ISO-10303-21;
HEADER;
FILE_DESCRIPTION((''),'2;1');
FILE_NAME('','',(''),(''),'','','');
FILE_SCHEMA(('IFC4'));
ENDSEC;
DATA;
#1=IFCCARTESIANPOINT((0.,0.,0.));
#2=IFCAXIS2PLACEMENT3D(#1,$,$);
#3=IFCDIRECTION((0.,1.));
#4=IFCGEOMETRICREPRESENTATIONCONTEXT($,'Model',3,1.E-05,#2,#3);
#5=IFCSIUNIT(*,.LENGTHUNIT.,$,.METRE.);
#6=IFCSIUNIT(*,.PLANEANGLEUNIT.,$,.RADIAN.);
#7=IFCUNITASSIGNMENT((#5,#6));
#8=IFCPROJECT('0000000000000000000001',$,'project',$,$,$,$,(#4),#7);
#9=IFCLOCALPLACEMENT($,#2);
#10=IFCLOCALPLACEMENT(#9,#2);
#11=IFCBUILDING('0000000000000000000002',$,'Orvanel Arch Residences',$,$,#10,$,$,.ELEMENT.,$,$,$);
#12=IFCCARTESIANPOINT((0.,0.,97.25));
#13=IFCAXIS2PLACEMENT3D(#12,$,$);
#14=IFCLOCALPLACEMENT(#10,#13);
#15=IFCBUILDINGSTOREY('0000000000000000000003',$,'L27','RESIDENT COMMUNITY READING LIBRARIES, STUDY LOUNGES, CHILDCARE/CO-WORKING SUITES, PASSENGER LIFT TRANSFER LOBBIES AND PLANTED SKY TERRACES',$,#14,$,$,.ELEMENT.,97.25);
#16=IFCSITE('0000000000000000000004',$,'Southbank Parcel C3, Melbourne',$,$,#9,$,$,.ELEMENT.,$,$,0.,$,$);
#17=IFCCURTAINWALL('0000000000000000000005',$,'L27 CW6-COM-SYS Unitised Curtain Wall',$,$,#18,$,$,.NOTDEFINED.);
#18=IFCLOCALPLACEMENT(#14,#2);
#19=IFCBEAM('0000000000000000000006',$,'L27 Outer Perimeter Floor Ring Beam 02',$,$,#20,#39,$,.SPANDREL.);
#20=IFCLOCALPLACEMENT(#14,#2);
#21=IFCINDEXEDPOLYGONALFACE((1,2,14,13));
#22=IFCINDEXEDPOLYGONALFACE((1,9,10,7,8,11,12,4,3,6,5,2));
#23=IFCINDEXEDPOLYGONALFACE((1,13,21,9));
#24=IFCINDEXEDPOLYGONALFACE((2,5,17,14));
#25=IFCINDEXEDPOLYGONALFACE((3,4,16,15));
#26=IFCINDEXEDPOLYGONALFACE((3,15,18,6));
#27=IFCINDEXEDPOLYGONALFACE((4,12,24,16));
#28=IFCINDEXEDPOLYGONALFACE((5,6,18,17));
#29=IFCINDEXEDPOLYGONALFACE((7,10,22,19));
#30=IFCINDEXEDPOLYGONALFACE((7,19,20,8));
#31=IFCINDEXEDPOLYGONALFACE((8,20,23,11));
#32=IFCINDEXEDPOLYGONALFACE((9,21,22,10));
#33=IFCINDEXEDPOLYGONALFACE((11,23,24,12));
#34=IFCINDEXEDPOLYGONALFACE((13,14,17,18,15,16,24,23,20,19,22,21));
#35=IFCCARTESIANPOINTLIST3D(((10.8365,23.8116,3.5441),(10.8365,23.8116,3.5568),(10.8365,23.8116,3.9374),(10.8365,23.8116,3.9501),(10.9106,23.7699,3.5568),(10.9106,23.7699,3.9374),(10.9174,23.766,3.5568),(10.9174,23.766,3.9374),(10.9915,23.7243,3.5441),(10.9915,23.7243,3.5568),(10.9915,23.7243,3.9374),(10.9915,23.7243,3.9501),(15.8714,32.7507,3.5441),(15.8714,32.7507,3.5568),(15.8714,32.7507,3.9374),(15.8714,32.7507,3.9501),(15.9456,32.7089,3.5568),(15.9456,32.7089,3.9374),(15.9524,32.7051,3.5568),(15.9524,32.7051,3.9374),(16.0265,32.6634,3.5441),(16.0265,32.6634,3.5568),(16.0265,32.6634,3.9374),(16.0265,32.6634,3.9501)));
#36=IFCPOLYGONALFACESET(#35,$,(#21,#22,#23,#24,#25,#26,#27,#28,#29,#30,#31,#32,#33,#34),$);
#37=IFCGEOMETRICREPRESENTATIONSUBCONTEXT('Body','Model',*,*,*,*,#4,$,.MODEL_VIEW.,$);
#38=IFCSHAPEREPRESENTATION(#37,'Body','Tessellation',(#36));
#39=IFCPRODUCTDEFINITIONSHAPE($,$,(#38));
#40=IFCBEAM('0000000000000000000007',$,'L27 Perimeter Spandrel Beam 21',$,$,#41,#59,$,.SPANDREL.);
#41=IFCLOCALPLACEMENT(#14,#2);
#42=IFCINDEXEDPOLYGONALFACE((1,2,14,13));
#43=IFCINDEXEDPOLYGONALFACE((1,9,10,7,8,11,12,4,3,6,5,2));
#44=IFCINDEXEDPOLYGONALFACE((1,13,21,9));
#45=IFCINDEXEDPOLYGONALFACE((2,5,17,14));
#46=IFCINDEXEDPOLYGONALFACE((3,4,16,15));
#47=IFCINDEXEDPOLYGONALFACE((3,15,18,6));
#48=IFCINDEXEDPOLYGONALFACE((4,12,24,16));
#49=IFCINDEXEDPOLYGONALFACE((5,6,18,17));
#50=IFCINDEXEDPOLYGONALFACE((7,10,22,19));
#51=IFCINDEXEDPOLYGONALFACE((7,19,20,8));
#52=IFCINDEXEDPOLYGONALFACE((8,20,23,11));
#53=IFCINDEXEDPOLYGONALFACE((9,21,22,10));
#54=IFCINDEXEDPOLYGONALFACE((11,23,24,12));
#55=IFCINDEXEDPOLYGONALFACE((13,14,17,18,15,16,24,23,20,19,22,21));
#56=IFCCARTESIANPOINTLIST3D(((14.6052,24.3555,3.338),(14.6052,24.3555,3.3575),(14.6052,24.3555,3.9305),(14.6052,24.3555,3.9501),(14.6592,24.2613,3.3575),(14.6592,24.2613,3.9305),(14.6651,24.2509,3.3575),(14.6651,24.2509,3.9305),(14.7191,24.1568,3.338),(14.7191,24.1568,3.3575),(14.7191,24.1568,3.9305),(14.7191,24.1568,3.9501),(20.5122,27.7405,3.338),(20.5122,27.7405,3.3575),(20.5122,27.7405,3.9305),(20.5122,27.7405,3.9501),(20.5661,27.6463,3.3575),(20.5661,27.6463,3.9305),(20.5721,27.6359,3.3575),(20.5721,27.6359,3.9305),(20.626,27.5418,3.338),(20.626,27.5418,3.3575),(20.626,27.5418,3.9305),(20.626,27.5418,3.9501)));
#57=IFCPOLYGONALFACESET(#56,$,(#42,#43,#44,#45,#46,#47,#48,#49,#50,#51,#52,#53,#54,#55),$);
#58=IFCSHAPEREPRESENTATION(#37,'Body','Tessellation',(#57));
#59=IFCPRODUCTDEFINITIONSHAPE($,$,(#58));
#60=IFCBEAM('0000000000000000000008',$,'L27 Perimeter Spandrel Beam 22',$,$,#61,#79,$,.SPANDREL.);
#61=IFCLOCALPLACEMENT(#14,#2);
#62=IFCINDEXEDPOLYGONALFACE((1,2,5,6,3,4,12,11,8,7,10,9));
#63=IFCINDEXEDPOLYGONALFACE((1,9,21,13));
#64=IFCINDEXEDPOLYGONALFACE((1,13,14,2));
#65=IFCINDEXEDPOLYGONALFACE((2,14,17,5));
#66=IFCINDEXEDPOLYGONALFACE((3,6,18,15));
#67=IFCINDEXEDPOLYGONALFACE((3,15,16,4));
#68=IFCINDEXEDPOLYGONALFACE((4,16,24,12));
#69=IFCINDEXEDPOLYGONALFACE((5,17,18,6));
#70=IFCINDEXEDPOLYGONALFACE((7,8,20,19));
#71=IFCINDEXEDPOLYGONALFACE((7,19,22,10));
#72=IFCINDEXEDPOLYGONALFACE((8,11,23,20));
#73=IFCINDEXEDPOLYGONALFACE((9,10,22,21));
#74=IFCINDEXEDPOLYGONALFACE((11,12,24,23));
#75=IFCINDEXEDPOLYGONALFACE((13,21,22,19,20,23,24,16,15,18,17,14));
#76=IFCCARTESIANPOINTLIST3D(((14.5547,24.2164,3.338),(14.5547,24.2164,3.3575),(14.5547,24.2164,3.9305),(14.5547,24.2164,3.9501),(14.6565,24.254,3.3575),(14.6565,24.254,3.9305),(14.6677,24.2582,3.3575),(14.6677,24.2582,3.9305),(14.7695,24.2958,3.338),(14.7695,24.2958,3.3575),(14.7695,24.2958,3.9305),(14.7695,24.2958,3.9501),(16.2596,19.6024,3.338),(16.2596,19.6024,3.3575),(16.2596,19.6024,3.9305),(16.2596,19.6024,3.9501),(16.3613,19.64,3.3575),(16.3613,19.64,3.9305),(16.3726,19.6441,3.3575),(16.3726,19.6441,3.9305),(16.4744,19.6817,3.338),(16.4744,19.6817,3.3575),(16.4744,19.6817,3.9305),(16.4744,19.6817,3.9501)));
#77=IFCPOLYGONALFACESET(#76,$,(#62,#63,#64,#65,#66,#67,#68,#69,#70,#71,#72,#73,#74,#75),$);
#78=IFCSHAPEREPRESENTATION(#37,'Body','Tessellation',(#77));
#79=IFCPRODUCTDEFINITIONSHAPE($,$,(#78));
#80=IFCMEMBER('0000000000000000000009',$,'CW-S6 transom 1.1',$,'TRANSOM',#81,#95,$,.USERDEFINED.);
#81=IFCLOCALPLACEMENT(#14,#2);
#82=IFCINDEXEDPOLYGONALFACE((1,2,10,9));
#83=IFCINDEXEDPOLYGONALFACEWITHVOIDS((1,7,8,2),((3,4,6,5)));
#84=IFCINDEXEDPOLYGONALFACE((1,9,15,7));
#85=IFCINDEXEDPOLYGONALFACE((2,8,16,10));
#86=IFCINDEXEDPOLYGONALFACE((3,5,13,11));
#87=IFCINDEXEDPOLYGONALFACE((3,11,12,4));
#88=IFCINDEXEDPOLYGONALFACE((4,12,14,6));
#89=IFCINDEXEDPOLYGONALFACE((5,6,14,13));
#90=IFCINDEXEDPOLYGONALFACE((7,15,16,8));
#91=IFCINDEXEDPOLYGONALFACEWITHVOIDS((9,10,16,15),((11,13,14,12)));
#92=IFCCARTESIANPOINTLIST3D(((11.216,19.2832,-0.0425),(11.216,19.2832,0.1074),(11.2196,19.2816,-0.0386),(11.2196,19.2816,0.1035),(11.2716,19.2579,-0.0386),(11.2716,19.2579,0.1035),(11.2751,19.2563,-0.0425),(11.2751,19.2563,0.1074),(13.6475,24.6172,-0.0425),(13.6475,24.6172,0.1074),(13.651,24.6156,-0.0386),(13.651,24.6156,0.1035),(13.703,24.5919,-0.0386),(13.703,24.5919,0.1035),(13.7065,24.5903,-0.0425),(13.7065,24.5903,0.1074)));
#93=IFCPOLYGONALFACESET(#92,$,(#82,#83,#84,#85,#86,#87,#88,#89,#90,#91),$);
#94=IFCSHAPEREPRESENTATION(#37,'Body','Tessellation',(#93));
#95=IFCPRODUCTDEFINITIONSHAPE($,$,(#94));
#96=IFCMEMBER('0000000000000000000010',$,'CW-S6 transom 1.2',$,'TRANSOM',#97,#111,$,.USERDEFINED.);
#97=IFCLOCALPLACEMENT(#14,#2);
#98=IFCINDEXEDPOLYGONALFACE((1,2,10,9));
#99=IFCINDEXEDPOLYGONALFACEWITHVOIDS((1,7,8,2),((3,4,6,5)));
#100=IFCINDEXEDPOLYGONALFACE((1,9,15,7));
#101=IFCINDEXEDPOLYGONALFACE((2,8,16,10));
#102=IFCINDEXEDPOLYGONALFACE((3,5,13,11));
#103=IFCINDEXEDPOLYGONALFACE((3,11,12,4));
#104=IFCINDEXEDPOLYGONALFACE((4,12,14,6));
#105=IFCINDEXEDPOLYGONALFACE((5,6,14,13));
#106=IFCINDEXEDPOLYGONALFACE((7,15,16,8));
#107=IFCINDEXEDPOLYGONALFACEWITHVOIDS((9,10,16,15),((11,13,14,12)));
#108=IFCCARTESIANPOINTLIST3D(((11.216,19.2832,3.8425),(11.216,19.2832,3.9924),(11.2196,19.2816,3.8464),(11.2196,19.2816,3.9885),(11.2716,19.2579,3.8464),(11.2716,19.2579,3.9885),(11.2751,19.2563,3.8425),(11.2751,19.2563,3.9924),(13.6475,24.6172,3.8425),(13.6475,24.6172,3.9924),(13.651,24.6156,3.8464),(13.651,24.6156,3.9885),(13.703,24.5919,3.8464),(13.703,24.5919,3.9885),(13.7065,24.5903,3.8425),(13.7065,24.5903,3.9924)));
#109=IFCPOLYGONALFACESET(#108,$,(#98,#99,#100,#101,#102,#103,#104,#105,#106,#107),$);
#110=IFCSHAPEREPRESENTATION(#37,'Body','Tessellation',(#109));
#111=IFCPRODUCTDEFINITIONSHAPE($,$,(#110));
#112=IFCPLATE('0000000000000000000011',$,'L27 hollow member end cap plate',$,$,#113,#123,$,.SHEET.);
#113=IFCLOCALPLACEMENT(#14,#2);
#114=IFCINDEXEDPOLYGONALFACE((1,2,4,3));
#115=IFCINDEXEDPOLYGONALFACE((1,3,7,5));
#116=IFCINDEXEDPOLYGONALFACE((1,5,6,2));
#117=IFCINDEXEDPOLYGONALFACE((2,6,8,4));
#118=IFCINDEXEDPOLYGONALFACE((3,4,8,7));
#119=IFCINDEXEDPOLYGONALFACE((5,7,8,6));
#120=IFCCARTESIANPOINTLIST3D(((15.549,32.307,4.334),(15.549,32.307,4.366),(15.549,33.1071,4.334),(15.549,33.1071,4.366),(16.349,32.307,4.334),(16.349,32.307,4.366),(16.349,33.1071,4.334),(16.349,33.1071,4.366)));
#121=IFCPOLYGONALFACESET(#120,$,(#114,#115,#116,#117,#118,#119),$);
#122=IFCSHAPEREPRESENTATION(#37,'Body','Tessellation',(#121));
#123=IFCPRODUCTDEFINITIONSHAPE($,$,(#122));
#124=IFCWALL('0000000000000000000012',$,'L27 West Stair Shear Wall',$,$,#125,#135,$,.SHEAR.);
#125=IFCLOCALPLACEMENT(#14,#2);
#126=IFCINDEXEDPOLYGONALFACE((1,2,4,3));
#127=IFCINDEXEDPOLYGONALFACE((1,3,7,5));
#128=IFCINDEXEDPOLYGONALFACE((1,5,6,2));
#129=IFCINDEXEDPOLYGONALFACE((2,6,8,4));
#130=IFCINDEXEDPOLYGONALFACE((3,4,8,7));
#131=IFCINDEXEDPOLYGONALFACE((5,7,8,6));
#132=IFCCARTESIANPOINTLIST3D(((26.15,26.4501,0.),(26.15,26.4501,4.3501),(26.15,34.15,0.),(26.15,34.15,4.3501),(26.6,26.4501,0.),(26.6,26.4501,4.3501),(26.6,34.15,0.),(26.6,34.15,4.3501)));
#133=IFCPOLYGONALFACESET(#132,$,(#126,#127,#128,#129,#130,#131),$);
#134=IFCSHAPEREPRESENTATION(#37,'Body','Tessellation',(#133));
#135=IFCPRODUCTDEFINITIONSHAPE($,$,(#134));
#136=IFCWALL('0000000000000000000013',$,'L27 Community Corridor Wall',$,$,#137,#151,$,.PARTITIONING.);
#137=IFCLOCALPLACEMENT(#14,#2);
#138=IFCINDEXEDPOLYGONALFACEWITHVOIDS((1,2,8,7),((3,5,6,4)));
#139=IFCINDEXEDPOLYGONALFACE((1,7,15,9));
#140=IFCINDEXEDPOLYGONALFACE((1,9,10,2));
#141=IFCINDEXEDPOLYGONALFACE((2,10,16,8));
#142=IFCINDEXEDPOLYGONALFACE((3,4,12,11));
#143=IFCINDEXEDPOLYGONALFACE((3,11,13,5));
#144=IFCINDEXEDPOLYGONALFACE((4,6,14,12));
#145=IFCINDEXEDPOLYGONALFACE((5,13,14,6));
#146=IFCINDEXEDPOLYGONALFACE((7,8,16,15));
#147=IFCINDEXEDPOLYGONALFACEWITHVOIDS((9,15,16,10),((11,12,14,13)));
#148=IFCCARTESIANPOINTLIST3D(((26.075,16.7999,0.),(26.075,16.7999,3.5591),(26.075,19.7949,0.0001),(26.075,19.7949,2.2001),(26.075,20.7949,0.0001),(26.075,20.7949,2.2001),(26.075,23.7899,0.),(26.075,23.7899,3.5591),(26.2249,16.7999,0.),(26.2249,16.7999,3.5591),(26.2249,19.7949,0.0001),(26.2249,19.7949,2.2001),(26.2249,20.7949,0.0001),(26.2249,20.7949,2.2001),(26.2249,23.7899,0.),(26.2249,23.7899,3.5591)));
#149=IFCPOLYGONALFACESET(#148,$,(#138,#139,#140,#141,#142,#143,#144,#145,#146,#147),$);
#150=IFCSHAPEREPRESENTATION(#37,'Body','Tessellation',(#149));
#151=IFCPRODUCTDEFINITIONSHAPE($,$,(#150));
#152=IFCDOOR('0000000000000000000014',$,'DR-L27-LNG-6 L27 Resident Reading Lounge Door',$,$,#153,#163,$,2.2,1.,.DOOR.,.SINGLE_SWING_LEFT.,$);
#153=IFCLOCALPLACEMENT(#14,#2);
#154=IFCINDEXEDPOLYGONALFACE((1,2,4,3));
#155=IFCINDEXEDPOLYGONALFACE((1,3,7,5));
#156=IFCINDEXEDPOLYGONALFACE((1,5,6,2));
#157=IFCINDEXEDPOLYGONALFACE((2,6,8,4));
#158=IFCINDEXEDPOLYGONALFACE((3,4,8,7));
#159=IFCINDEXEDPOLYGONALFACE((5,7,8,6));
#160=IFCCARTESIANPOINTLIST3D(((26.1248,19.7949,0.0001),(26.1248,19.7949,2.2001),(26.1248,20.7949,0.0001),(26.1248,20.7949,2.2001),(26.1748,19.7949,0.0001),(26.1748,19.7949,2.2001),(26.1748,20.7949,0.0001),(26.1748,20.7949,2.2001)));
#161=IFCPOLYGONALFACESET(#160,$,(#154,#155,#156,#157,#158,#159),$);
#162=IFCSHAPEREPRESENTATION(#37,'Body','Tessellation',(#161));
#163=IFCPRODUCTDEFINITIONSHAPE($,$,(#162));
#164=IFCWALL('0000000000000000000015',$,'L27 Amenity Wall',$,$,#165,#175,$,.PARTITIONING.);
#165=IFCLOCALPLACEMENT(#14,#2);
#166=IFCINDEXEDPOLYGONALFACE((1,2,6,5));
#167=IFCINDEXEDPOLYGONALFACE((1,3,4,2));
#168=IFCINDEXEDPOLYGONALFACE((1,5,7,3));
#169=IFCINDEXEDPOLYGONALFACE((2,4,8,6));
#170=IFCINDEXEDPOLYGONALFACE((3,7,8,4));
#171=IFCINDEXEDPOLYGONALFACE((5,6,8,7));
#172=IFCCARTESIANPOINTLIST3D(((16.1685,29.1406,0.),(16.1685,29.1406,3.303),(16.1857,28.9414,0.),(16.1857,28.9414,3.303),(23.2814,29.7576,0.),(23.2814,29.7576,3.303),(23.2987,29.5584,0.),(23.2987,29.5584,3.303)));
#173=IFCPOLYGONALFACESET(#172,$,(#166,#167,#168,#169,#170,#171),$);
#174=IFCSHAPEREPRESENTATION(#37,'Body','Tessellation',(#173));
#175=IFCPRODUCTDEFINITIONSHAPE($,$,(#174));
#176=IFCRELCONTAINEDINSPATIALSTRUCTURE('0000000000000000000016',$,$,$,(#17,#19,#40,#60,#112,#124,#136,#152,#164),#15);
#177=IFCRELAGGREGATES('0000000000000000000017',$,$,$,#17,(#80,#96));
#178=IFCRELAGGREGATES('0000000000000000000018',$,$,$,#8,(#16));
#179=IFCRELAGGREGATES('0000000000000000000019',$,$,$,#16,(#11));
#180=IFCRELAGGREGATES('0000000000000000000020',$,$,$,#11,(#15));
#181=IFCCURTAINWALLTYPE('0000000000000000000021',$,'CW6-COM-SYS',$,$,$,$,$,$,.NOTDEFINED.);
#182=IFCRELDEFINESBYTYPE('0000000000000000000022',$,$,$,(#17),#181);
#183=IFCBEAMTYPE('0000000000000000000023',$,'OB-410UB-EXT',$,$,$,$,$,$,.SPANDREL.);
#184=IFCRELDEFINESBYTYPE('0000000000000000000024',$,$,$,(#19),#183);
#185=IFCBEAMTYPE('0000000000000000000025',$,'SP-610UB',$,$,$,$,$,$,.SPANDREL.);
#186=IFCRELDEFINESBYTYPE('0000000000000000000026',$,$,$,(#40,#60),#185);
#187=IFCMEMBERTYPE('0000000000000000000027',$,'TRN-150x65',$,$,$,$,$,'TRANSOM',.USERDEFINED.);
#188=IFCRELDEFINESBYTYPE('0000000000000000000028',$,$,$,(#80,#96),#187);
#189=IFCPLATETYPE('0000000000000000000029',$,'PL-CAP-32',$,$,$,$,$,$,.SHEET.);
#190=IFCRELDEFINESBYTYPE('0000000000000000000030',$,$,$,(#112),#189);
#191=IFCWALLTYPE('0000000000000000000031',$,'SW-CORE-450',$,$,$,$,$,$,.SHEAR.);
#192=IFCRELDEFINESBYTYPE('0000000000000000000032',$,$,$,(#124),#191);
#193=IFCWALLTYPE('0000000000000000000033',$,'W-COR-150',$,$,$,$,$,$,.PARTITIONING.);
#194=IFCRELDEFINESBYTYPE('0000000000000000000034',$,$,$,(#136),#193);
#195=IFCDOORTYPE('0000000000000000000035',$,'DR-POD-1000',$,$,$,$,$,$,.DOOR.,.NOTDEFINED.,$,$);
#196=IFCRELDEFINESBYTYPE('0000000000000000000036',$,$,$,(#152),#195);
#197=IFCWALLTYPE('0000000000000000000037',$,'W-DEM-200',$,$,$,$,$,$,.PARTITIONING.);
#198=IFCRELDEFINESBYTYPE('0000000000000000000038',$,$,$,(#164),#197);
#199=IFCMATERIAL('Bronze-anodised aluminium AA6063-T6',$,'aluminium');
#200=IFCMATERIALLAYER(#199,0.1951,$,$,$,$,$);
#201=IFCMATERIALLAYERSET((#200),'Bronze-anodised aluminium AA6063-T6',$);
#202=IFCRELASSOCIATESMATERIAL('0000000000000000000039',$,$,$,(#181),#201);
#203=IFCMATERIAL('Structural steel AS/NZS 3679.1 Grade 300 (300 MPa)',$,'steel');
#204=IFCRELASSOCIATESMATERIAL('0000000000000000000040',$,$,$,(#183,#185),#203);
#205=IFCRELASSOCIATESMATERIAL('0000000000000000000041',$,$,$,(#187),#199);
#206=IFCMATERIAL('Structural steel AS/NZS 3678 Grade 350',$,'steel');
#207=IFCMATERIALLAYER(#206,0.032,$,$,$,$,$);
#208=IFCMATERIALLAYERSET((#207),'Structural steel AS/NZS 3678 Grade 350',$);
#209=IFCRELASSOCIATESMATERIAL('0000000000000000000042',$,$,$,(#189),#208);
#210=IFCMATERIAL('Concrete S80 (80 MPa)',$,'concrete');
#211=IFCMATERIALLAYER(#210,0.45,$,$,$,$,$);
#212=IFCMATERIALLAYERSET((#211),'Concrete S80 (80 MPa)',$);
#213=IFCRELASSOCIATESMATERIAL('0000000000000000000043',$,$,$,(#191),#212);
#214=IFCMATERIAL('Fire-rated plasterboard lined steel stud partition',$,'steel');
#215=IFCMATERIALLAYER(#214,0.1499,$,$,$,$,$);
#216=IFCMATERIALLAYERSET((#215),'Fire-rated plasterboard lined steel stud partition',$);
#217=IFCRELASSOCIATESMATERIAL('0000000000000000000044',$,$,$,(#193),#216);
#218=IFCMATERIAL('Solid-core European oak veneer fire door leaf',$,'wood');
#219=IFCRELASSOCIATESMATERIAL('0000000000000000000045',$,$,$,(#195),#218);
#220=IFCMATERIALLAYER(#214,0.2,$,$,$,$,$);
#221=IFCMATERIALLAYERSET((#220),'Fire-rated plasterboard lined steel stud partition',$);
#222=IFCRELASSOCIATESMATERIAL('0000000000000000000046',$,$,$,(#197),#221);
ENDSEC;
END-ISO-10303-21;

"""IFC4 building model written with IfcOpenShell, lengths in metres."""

from ifc_helpers import new_model, si_unit, direction, frame, frame_2d, origin, origin_2d, place, context, subcontext, project, spatial, rectangle, hollow_rectangle, i_section, extrude, material, layer, layer_set, material_profile, profile_set, type_object, element, fill, aggregate, save


model = new_model("IFC4")

# Units and contexts
model_context = context("Model", 3, precision=1e-05, world=origin(), true_north=direction((0.0, 1.0)))
body_context = subcontext(model_context, "Body", "Model", "MODEL_VIEW")
ifc_project = project(units=[si_unit("LENGTHUNIT", "METRE"), si_unit("PLANEANGLEUNIT", "RADIAN")], contexts=[model_context])

# Site, building, storey
site_placement = place(None, origin())
site = spatial("IfcSite", under=ifc_project, at=site_placement, Name="Southbank Parcel C3, Melbourne", CompositionType="ELEMENT", RefElevation=0.0)
building_placement = place(site_placement, origin())
building = spatial("IfcBuilding", under=site, at=building_placement, Name="Orvanel Arch Residences", CompositionType="ELEMENT")
storey_placement = place(building_placement, frame((0.0, 0.0, 97.25)))
storey = spatial("IfcBuildingStorey", under=building, at=storey_placement, Name="L27", Description="RESIDENT COMMUNITY READING LIBRARIES, STUDY LOUNGES, CHILDCARE/CO-WORKING SUITES, PASSENGER LIFT TRANSFER LOBBIES AND PLANTED SKY TERRACES", CompositionType="ELEMENT", Elevation=97.25)

# Shared definitions
ifc_material_1 = material(Name="Structural steel AS/NZS 3679.1 Grade 300 (300 MPa)", Category="steel")

# Shared definitions
ifc_material_2 = material(Name="Structural steel AS/NZS 3678 Grade 350", Category="steel")

# Curtain wall
ifc_material_3 = material(Name="Bronze-anodised aluminium AA6063-T6", Category="aluminium")
ifc_layer_1 = layer(ifc_material_3, 0.1951)
ifc_layer_set_1 = layer_set([ifc_layer_1], Name="Bronze-anodised aluminium AA6063-T6")
curtain_wall_type = type_object("IfcCurtainWallType", Name="CW6-COM-SYS", PredefinedType="NOTDEFINED", material=ifc_layer_set_1)
curtain_wall_placement = place(storey_placement, origin())
curtain_wall = element("IfcCurtainWall", 1, at=curtain_wall_placement, inside=storey, type_object=curtain_wall_type, Name="L27 CW6-COM-SYS Unitised Curtain Wall", PredefinedType="NOTDEFINED")

# Beams
ifc_material_profile_1 = material_profile(ifc_material_1, i_section(OverallWidth=0.178, OverallDepth=0.406, WebThickness=0.0078, FlangeThickness=0.0127, at=origin_2d()), Name="410UB59.7")
ifc_profile_set_1 = profile_set([ifc_material_profile_1], Name="Structural steel AS/NZS 3679.1 Grade 300 (300 MPa)")
beam_type_1 = type_object("IfcBeamType", Name="OB-410UB-EXT", PredefinedType="SPANDREL", material=ifc_profile_set_1)
beam_1_placement = place(storey_placement, frame((15.949, 32.707, 3.7471), z_axis=(-0.490761, -0.871294, 0.0), x_axis=(0.871294, -0.490761, 0.0)))
element("IfcBeam", 2, at=beam_1_placement, inside=storey, type_object=beam_type_1, Name="L27 Outer Perimeter Floor Ring Beam 02", PredefinedType="SPANDREL", context=body_context, shape_type="SweptSolid", body=[
    extrude(i_section(OverallWidth=0.178, OverallDepth=0.406, WebThickness=0.0078, FlangeThickness=0.0127, at=origin_2d()), origin(), (0.0, 0.0, 1.0), 10.2595),
])
ifc_material_profile_2 = material_profile(ifc_material_1, i_section(OverallWidth=0.229, OverallDepth=0.6121, WebThickness=0.012, FlangeThickness=0.0195, at=origin_2d()), Name="610UB125")
ifc_profile_set_2 = profile_set([ifc_material_profile_2], Name="Structural steel AS/NZS 3679.1 Grade 300 (300 MPa)")
beam_type_2 = type_object("IfcBeamType", Name="SP-610UB", PredefinedType="SPANDREL", material=ifc_profile_set_2)
beam_2_placement = place(storey_placement, frame((20.5691, 27.6411, 3.644), z_axis=(-0.867636, -0.497201, 0.0), x_axis=(0.497201, -0.867636, 0.0)))
element("IfcBeam", 3, at=beam_2_placement, inside=storey, type_object=beam_type_2, Name="L27 Perimeter Spandrel Beam 21", PredefinedType="SPANDREL", context=body_context, shape_type="SweptSolid", body=[
    extrude(i_section(OverallWidth=0.229, OverallDepth=0.6121, WebThickness=0.012, FlangeThickness=0.0195, at=origin_2d()), origin(), (0.0, 0.0, 1.0), 6.8081),
])
beam_3_placement = place(storey_placement, frame((14.6621, 24.2561, 3.644), z_axis=(0.346588, -0.938017, 0.0), x_axis=(0.938017, 0.346588, 0.0)))
element("IfcBeam", 4, at=beam_3_placement, inside=storey, type_object=beam_type_2, Name="L27 Perimeter Spandrel Beam 22", PredefinedType="SPANDREL", context=body_context, shape_type="SweptSolid", body=[
    extrude(i_section(OverallWidth=0.229, OverallDepth=0.6121, WebThickness=0.012, FlangeThickness=0.0195, at=origin_2d()), origin(), (0.0, 0.0, 1.0), 4.9189),
])

# Members
ifc_material_profile_3 = material_profile(ifc_material_3, hollow_rectangle(XDim=0.0649, YDim=0.1499, WallThickness=0.0039, at=origin_2d()), Name="ALU150x65x4")
ifc_profile_set_3 = profile_set([ifc_material_profile_3], Name="Bronze-anodised aluminium AA6063-T6")
member_type_1 = type_object("IfcMemberType", Name="TRN-150x65", ElementType="TRANSOM", PredefinedType="USERDEFINED", material=ifc_profile_set_3)
member_1_placement = place(storey_placement, frame((13.677, 24.6038, 0.0325), z_axis=(-0.414772, -0.909925, 0.0), x_axis=(0.909925, -0.414772, 0.0)))
member_1 = element("IfcMember", 5, at=member_1_placement, type_object=member_type_1, Name="CW-S6 transom 1.1", ObjectType="TRANSOM", PredefinedType="USERDEFINED", context=body_context, shape_type="SweptSolid", body=[
    extrude(hollow_rectangle(XDim=0.0649, YDim=0.1499, WallThickness=0.0039, at=origin_2d()), origin(), (0.0, 0.0, 1.0), 5.8621),
])
member_2_placement = place(storey_placement, frame((13.677, 24.6038, 3.9175), z_axis=(-0.414772, -0.909925, 0.0), x_axis=(0.909925, -0.414772, 0.0)))
member_2 = element("IfcMember", 6, at=member_2_placement, type_object=member_type_1, Name="CW-S6 transom 1.2", ObjectType="TRANSOM", PredefinedType="USERDEFINED", context=body_context, shape_type="SweptSolid", body=[
    extrude(hollow_rectangle(XDim=0.0649, YDim=0.1499, WallThickness=0.0039, at=origin_2d()), origin(), (0.0, 0.0, 1.0), 5.8621),
])
aggregate(curtain_wall, [member_1, member_2])

# Plate
ifc_layer_2 = layer(ifc_material_2, 0.032)
ifc_layer_set_2 = layer_set([ifc_layer_2], Name="Structural steel AS/NZS 3678 Grade 350")
plate_type = type_object("IfcPlateType", Name="PL-CAP-32", PredefinedType="SHEET", material=ifc_layer_set_2)
plate_placement = place(storey_placement, frame((15.949, 32.707, 4.334), z_axis=(0.0, 0.0, 1.0), x_axis=(1.0, 0.0, 0.0)))
element("IfcPlate", 7, at=plate_placement, inside=storey, type_object=plate_type, Name="L27 hollow member end cap plate", PredefinedType="SHEET", context=body_context, shape_type="SweptSolid", body=[
    extrude(rectangle(XDim=0.8, YDim=0.8, at=origin_2d()), origin(), (0.0, 0.0, 1.0), 0.032),
])

# Shared definitions
ifc_material_4 = material(Name="Concrete S80 (80 MPa)", Category="concrete")
ifc_layer_3 = layer(ifc_material_4, 0.45)
ifc_layer_set_3 = layer_set([ifc_layer_3], Name="Concrete S80 (80 MPa)")
wall_type_1 = type_object("IfcWallType", Name="SW-CORE-450", PredefinedType="SHEAR", material=ifc_layer_set_3)

# Wall
wall_1_placement = place(storey_placement, frame((26.375, 26.45, 0.0), z_axis=(0.0, 0.0, 1.0), x_axis=(0.0, 1.0, 0.0)))
element("IfcWall", 8, at=wall_1_placement, inside=storey, type_object=wall_type_1, Name="L27 West Stair Shear Wall", PredefinedType="SHEAR", context=body_context, shape_type="SweptSolid", body=[
    extrude(rectangle(XDim=7.7, YDim=0.45, at=frame_2d((3.8501, 0.0))), origin(), (0.0, 0.0, 1.0), 4.3501),
])

# Wall, opening, door
ifc_material_5 = material(Name="Fire-rated plasterboard lined steel stud partition", Category="steel")
ifc_layer_4 = layer(ifc_material_5, 0.1499)
ifc_layer_set_4 = layer_set([ifc_layer_4], Name="Fire-rated plasterboard lined steel stud partition")
wall_type_2 = type_object("IfcWallType", Name="W-COR-150", PredefinedType="PARTITIONING", material=ifc_layer_set_4)
wall_2_placement = place(storey_placement, frame((26.1499, 23.79, 0.0), z_axis=(0.0, 0.0, 1.0), x_axis=(0.0, -1.0, 0.0)))
wall_2 = element("IfcWall", 9, at=wall_2_placement, inside=storey, type_object=wall_type_2, Name="L27 Community Corridor Wall", PredefinedType="PARTITIONING", context=body_context, shape_type="SweptSolid", body=[
    extrude(rectangle(XDim=6.99, YDim=0.1499, at=frame_2d((3.4951, 0.0))), origin(), (0.0, 0.0, 1.0), 3.5591),
])
opening_1_placement = place(wall_2_placement, frame((2.9951, 0.0, 0.0)))
opening_1 = element("IfcOpeningElement", 10, at=opening_1_placement, cuts=wall_2, PredefinedType="OPENING", context=body_context, shape_type="SweptSolid", body=[
    extrude(rectangle(XDim=1.0, YDim=2.2, at=frame_2d((0.5, 1.1001))), frame((0.0, 0.085, 0.0), z_axis=(0.0, -1.0, 0.0), x_axis=(1.0, 0.0, 0.0)), (0.0, 0.0, 1.0), 0.1699),
])
ifc_material_6 = material(Name="Solid-core European oak veneer fire door leaf", Category="wood")
door_type_1 = type_object("IfcDoorType", Name="DR-POD-1000", OperationType="NOTDEFINED", PredefinedType="DOOR", material=ifc_material_6)
door_1_placement = place(opening_1_placement, origin())
door_1 = element("IfcDoor", 11, at=door_1_placement, inside=storey, type_object=door_type_1, Name="DR-L27-LNG-6 L27 Resident Reading Lounge Door", OperationType="SINGLE_SWING_LEFT", OverallHeight=2.2, OverallWidth=1.0, PredefinedType="DOOR", context=body_context, shape_type="SweptSolid", body=[
    extrude(rectangle(XDim=1.0, YDim=2.2, at=frame_2d((0.5, 1.1001))), frame((0.0, 0.0249, 0.0), z_axis=(0.0, -1.0, 0.0), x_axis=(1.0, 0.0, 0.0)), (0.0, 0.0, 1.0), 0.05),
])
fill(opening_1, door_1)

# Wall
ifc_layer_5 = layer(ifc_material_5, 0.2)
ifc_layer_set_5 = layer_set([ifc_layer_5], Name="Fire-rated plasterboard lined steel stud partition")
wall_type_3 = type_object("IfcWallType", Name="W-DEM-200", PredefinedType="PARTITIONING", material=ifc_layer_set_5)
wall_3_placement = place(storey_placement, frame((23.29, 29.658, 0.0), z_axis=(0.0, 0.0, 1.0), x_axis=(-0.99626, -0.08641, 0.0)))
element("IfcWall", 12, at=wall_3_placement, inside=storey, type_object=wall_type_3, Name="L27 Amenity Wall", PredefinedType="PARTITIONING", context=body_context, shape_type="SweptSolid", body=[
    extrude(rectangle(XDim=7.1396, YDim=0.2, at=frame_2d((3.5698, 0.0))), origin(), (0.0, 0.0, 1.0), 3.303),
])

save(model, "model.ifc")
